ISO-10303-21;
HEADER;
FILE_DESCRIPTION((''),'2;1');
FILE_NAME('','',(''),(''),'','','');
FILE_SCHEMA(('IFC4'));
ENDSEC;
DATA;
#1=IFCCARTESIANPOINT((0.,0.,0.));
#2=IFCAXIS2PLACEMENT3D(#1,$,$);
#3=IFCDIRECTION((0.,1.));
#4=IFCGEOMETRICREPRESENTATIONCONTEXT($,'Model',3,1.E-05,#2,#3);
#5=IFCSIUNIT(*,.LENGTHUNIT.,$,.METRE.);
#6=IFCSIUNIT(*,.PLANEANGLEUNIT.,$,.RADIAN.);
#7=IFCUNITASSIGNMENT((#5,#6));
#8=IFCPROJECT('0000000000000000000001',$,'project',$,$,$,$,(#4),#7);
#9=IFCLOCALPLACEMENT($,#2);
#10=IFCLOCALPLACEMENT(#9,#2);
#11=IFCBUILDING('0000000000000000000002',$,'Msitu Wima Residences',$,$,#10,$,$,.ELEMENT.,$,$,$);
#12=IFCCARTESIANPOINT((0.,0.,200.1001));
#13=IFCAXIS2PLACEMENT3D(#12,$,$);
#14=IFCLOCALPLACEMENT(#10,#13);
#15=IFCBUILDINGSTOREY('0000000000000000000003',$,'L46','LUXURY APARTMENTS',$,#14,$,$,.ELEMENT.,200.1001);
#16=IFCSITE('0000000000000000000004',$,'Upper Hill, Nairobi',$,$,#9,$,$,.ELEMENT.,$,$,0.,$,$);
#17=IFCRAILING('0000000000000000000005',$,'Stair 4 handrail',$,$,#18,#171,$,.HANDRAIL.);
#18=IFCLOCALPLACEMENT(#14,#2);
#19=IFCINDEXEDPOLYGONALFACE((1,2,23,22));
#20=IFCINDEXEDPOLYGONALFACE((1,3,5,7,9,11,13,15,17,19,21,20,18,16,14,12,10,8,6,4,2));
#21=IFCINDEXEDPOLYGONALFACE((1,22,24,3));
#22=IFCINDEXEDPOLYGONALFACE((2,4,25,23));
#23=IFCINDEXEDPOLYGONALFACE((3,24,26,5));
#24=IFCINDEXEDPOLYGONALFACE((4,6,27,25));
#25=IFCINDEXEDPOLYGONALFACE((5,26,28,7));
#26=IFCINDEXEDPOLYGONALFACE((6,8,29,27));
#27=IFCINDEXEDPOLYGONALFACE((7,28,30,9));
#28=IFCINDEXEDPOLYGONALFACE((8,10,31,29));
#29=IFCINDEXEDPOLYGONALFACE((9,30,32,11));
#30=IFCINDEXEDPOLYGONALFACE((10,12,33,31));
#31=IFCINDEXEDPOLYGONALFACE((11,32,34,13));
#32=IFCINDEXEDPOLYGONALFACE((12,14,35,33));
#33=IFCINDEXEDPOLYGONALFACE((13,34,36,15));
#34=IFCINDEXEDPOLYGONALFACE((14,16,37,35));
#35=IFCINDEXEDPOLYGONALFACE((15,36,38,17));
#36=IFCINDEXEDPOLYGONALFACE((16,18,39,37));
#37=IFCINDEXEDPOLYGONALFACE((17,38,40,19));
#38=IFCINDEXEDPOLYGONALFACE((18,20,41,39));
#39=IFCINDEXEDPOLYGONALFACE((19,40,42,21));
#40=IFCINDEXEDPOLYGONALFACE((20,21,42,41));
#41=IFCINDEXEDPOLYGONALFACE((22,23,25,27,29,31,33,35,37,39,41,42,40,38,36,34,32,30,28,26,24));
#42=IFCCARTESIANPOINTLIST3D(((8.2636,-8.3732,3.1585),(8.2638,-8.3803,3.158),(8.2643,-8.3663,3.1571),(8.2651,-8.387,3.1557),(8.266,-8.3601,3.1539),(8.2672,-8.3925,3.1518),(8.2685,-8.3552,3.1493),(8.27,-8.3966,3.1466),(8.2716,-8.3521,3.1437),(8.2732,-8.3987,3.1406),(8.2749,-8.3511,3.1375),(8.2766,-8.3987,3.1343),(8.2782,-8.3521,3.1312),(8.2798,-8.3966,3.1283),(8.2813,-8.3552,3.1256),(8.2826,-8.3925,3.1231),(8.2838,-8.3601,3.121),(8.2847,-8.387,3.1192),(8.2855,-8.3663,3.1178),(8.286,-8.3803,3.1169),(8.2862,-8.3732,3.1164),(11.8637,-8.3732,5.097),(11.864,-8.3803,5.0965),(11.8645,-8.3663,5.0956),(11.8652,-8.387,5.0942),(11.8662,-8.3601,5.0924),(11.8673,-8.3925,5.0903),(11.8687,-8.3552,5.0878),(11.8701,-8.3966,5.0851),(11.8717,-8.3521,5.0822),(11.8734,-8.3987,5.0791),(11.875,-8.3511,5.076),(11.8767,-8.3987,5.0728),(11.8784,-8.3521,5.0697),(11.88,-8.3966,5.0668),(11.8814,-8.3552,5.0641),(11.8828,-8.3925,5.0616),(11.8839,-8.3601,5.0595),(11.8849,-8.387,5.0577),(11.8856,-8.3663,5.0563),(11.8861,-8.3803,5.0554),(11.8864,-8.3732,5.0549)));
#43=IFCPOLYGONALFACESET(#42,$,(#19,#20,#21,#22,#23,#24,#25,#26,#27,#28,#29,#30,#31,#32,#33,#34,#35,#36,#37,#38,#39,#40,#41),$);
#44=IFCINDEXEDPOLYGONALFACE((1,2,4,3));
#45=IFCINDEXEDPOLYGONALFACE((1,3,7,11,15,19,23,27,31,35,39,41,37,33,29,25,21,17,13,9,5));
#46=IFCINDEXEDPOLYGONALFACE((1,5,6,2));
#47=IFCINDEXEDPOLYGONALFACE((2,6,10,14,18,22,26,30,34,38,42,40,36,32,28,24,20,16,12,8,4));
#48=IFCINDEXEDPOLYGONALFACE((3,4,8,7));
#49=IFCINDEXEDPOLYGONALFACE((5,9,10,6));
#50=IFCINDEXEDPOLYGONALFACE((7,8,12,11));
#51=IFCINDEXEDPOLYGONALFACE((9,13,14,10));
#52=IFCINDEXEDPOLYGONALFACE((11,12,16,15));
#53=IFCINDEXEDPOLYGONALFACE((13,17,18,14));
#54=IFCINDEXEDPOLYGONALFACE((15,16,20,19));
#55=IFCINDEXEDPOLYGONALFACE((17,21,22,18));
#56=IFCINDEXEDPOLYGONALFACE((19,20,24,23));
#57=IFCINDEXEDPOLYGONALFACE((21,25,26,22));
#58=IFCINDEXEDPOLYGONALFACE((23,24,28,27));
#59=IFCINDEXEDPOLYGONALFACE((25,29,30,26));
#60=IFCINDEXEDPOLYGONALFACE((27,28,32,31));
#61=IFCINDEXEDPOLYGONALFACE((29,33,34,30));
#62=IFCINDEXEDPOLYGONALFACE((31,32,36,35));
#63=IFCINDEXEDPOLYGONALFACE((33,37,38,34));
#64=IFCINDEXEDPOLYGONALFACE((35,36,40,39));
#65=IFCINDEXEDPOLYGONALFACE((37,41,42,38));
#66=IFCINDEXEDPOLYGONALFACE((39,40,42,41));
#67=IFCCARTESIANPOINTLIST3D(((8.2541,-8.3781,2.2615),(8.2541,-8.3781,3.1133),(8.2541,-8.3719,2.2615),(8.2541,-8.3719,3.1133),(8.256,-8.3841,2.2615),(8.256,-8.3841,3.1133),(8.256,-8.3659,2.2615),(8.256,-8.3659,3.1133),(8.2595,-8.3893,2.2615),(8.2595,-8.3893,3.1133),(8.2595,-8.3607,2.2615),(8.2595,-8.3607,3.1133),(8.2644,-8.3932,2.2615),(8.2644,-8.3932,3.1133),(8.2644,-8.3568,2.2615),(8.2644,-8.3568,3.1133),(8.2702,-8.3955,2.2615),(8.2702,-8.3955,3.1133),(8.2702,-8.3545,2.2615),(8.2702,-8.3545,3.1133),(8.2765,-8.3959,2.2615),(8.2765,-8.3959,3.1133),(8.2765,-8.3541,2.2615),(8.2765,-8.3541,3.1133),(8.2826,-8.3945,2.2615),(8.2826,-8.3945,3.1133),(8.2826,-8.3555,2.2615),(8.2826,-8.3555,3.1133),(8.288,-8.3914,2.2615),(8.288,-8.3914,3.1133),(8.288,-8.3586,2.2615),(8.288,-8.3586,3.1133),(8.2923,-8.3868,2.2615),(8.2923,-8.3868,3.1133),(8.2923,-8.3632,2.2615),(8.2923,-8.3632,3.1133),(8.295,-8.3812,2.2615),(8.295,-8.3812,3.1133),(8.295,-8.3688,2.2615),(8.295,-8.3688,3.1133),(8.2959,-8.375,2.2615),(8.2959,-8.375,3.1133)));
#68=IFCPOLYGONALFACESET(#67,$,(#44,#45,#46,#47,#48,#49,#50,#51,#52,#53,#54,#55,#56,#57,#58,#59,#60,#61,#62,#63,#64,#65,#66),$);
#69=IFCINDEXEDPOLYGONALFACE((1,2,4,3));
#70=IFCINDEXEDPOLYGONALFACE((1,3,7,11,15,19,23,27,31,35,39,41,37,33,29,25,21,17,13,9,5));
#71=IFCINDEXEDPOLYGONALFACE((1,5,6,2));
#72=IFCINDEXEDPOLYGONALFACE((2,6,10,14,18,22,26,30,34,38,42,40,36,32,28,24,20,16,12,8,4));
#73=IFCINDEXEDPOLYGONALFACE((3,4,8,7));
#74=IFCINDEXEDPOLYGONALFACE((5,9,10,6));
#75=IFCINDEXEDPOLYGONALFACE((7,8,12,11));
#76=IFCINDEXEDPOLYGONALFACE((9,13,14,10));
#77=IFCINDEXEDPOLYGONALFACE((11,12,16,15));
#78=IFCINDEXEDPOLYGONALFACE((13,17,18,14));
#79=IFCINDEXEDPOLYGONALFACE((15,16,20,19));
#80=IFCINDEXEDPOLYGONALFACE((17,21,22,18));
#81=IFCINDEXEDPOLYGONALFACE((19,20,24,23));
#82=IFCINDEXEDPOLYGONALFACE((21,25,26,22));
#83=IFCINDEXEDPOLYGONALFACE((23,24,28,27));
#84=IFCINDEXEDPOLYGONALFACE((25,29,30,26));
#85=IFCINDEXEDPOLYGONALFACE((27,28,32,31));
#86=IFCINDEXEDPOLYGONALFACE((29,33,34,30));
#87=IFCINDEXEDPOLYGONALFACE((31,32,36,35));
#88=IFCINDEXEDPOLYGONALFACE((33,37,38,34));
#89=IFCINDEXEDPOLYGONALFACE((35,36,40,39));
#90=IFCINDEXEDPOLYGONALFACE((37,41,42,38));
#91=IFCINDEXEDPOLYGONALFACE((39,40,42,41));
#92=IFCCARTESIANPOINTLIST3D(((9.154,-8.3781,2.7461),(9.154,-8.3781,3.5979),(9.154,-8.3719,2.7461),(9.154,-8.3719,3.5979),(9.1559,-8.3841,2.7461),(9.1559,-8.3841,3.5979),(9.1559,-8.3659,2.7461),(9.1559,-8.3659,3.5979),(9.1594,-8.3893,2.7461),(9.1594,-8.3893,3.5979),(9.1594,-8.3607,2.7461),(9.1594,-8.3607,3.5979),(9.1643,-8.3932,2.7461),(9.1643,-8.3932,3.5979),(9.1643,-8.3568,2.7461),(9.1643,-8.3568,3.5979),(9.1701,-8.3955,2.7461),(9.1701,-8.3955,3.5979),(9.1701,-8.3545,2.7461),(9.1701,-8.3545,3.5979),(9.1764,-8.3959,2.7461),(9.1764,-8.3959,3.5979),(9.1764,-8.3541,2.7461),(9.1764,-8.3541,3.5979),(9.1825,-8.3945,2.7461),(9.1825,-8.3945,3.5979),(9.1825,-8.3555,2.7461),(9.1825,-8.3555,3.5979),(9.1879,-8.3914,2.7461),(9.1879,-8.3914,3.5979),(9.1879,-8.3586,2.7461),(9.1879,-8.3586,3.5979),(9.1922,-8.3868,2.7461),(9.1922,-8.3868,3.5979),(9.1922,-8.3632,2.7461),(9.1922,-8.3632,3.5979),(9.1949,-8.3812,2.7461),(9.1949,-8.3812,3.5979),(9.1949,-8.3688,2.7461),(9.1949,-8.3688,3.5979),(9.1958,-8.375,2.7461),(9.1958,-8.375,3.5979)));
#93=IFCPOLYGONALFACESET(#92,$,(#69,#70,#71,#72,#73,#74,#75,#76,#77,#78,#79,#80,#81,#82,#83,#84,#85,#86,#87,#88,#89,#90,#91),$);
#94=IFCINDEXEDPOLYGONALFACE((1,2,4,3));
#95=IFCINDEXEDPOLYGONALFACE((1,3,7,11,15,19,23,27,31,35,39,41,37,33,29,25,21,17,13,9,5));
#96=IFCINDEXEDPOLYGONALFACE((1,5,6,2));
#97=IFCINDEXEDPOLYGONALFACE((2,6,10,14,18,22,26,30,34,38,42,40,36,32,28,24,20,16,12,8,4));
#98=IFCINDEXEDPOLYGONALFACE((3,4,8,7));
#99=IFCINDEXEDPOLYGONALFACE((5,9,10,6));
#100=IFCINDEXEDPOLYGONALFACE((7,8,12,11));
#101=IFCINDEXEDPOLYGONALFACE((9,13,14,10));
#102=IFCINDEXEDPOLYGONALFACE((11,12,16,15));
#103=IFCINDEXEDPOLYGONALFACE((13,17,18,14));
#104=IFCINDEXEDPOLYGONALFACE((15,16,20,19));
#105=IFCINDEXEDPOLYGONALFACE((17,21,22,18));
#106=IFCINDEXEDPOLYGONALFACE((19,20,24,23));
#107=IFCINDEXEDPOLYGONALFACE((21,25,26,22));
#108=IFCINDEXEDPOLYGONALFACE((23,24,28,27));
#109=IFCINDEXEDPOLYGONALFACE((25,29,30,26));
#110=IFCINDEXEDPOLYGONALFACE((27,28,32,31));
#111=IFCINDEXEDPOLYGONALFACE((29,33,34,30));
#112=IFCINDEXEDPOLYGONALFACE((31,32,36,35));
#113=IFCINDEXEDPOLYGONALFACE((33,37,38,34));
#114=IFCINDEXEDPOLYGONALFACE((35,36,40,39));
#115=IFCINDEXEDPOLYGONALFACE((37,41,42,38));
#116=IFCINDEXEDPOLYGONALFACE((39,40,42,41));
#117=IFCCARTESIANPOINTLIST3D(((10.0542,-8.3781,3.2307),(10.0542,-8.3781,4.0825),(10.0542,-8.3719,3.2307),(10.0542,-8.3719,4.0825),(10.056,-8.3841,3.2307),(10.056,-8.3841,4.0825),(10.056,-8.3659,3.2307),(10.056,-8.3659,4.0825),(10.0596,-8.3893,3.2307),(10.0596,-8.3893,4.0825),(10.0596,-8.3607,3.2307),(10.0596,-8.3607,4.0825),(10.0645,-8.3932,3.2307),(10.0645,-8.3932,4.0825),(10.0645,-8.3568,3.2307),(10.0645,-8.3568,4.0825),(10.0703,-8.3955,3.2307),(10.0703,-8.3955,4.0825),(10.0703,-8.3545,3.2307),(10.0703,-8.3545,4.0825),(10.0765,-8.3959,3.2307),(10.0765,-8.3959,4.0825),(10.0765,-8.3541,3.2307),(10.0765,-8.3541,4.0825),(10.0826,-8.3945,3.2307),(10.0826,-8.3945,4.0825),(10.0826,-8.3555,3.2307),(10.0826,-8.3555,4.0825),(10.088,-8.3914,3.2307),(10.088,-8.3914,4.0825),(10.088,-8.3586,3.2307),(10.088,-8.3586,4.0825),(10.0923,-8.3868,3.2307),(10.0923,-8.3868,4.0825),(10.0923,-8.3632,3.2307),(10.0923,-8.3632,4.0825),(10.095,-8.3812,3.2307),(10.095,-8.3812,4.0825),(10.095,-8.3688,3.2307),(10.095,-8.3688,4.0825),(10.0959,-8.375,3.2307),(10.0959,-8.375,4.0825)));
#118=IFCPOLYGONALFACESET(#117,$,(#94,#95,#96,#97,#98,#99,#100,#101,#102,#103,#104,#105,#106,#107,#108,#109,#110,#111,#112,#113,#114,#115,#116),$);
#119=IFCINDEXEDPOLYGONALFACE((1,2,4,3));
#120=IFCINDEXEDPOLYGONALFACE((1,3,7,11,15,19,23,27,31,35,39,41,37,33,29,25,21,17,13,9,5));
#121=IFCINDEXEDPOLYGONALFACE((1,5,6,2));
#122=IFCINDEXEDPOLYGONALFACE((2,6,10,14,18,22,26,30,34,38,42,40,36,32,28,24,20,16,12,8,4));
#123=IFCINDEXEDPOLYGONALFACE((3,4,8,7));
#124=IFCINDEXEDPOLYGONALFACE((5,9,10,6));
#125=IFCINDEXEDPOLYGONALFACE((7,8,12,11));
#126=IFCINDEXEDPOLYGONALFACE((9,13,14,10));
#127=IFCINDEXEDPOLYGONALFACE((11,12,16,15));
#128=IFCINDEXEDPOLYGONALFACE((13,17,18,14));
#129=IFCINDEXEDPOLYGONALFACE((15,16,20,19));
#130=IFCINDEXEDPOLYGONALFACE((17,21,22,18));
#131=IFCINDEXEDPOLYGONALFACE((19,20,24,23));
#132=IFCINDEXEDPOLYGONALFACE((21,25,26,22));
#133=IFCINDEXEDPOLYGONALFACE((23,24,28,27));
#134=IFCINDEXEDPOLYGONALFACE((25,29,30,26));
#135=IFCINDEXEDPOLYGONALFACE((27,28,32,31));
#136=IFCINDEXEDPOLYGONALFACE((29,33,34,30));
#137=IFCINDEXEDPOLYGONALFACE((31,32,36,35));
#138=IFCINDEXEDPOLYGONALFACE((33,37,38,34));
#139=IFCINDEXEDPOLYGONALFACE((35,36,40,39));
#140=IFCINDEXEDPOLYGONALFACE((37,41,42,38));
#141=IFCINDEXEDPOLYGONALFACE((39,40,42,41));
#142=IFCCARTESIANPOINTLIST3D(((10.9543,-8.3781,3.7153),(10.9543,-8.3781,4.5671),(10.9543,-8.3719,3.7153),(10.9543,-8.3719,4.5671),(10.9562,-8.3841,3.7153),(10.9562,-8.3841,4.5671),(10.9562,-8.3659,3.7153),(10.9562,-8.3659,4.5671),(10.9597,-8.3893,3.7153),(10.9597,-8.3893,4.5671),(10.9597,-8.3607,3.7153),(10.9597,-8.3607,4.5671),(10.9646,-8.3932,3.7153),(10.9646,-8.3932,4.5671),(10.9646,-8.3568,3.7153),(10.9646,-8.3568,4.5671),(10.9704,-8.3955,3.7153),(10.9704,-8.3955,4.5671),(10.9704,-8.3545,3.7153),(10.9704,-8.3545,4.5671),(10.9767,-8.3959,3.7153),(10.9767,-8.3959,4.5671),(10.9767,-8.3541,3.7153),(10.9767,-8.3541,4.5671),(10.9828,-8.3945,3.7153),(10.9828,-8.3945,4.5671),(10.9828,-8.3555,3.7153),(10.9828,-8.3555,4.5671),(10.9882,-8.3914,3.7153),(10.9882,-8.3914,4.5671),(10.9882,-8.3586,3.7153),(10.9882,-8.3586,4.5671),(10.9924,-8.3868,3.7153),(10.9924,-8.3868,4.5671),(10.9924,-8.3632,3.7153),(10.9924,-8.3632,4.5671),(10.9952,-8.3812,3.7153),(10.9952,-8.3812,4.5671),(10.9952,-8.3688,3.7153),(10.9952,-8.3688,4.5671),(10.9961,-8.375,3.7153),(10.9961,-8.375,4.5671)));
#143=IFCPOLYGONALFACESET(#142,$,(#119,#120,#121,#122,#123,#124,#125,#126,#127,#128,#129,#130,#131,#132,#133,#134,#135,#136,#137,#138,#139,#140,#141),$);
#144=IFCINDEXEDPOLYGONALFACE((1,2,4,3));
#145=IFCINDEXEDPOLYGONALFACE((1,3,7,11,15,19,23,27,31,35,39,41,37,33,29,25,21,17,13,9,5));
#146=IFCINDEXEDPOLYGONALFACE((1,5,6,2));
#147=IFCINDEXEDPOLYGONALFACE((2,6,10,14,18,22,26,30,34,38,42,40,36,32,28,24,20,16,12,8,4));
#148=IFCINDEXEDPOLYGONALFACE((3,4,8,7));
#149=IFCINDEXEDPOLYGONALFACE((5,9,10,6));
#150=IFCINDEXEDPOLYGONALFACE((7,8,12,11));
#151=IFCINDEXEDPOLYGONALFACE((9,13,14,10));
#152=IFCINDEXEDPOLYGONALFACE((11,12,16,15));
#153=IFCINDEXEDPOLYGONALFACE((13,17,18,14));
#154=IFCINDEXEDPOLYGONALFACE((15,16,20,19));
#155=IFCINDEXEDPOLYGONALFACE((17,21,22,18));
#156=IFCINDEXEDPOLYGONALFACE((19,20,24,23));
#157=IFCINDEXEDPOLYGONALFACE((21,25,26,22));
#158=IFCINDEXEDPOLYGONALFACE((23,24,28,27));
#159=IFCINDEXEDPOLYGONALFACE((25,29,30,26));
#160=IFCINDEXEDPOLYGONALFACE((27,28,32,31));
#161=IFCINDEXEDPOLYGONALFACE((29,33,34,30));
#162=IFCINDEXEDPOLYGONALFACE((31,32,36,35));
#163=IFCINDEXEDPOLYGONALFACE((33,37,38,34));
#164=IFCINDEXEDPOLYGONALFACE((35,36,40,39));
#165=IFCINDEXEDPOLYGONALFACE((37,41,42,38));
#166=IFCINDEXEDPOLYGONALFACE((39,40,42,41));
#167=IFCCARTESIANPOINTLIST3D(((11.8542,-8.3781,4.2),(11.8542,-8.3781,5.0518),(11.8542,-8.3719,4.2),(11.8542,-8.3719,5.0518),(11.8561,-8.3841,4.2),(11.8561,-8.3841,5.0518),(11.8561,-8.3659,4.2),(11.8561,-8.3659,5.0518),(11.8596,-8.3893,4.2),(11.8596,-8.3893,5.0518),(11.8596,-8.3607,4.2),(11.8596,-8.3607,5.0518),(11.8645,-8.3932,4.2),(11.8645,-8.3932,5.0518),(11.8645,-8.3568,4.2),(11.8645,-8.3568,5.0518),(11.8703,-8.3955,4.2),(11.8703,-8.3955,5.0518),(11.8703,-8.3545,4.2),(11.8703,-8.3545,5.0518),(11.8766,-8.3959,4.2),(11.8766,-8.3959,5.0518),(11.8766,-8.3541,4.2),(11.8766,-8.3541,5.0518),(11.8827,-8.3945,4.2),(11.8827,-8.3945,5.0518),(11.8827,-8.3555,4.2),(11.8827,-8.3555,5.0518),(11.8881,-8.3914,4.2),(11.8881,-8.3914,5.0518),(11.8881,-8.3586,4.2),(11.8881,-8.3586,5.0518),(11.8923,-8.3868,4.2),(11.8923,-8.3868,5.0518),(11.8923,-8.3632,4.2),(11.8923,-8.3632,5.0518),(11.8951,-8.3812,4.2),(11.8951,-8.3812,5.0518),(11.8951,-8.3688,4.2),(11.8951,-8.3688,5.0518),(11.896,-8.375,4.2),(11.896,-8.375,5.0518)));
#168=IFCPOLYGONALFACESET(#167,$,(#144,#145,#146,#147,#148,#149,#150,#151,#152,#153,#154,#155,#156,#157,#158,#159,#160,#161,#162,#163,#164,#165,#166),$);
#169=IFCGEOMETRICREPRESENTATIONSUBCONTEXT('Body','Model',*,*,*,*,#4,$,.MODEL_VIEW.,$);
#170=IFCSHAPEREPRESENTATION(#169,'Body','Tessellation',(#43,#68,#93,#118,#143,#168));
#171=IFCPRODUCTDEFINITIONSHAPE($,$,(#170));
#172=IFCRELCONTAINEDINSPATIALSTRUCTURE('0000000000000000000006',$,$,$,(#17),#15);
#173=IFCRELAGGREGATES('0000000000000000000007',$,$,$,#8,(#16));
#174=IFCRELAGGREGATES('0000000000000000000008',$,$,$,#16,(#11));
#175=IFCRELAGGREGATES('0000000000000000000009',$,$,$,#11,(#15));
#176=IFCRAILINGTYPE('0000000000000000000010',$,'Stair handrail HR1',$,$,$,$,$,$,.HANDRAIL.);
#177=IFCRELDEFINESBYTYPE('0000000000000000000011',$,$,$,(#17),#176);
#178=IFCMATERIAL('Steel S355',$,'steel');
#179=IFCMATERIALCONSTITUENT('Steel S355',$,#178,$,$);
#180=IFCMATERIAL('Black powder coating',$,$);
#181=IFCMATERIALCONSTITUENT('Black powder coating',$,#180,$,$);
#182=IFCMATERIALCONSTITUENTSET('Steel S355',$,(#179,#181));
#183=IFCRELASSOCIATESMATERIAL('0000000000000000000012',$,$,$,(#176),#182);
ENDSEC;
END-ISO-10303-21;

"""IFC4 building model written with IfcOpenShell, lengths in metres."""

from ifc_helpers import new_model, si_unit, direction, frame, origin, origin_2d, place, context, subcontext, project, spatial, circle, extrude, material, constituent, constituent_set, type_object, element, save


model = new_model("IFC4")

# Units and contexts
model_context = context("Model", 3, precision=1e-05, world=origin(), true_north=direction((0.0, 1.0)))
body_context = subcontext(model_context, "Body", "Model", "MODEL_VIEW")
ifc_project = project(units=[si_unit("LENGTHUNIT", "METRE"), si_unit("PLANEANGLEUNIT", "RADIAN")], contexts=[model_context])

# Site, building, storey
site_placement = place(None, origin())
site = spatial("IfcSite", under=ifc_project, at=site_placement, Name="Upper Hill, Nairobi", CompositionType="ELEMENT", RefElevation=0.0)
building_placement = place(site_placement, origin())
building = spatial("IfcBuilding", under=site, at=building_placement, Name="Msitu Wima Residences", CompositionType="ELEMENT")
storey_placement = place(building_placement, frame((0.0, 0.0, 200.1001)))
storey = spatial("IfcBuildingStorey", under=building, at=storey_placement, Name="L46", Description="LUXURY APARTMENTS", CompositionType="ELEMENT", Elevation=200.1001)

# Railing
ifc_material_1 = material(Name="Steel S355", Category="steel")
ifc_constituent_1 = constituent(ifc_material_1, Name="Steel S355")
ifc_material_2 = material(Name="Black powder coating")
ifc_constituent_2 = constituent(ifc_material_2, Name="Black powder coating")
ifc_constituent_set = constituent_set(constituents=[ifc_constituent_1, ifc_constituent_2], Name="Steel S355")
railing_type = type_object("IfcRailingType", Name="Stair handrail HR1", PredefinedType="HANDRAIL", material=ifc_constituent_set)
for number, where, name in (
    (1, (8.2749, -8.375, 2.2615), "Stair 4 handrail"),
):
    element("IfcRailing", number, at=place(storey_placement, frame(where)), inside=storey, type_object=railing_type, Name=name, PredefinedType="HANDRAIL", context=body_context, shape_type="SweptSolid", body=[
        extrude(circle(Radius=0.0239, at=origin_2d()), frame((0.0, 0.0, 0.876), z_axis=(0.880475, 0.0, 0.474093), x_axis=(0.0, 1.0, 0.0)), (0.0, 0.0, 1.0), 4.0889),
        extrude(circle(Radius=0.021, at=origin_2d()), origin(), (0.0, 0.0, 1.0), 0.8518),
        extrude(circle(Radius=0.021, at=origin_2d()), frame((0.8999, 0.0, 0.4846)), (0.0, 0.0, 1.0), 0.8518),
        extrude(circle(Radius=0.021, at=origin_2d()), frame((1.8, 0.0, 0.9692)), (0.0, 0.0, 1.0), 0.8518),
        extrude(circle(Radius=0.021, at=origin_2d()), frame((2.7002, 0.0, 1.4539)), (0.0, 0.0, 1.0), 0.8518),
        extrude(circle(Radius=0.021, at=origin_2d()), frame((3.6001, 0.0, 1.9385)), (0.0, 0.0, 1.0), 0.8518),
    ])

save(model, "model.ifc")
